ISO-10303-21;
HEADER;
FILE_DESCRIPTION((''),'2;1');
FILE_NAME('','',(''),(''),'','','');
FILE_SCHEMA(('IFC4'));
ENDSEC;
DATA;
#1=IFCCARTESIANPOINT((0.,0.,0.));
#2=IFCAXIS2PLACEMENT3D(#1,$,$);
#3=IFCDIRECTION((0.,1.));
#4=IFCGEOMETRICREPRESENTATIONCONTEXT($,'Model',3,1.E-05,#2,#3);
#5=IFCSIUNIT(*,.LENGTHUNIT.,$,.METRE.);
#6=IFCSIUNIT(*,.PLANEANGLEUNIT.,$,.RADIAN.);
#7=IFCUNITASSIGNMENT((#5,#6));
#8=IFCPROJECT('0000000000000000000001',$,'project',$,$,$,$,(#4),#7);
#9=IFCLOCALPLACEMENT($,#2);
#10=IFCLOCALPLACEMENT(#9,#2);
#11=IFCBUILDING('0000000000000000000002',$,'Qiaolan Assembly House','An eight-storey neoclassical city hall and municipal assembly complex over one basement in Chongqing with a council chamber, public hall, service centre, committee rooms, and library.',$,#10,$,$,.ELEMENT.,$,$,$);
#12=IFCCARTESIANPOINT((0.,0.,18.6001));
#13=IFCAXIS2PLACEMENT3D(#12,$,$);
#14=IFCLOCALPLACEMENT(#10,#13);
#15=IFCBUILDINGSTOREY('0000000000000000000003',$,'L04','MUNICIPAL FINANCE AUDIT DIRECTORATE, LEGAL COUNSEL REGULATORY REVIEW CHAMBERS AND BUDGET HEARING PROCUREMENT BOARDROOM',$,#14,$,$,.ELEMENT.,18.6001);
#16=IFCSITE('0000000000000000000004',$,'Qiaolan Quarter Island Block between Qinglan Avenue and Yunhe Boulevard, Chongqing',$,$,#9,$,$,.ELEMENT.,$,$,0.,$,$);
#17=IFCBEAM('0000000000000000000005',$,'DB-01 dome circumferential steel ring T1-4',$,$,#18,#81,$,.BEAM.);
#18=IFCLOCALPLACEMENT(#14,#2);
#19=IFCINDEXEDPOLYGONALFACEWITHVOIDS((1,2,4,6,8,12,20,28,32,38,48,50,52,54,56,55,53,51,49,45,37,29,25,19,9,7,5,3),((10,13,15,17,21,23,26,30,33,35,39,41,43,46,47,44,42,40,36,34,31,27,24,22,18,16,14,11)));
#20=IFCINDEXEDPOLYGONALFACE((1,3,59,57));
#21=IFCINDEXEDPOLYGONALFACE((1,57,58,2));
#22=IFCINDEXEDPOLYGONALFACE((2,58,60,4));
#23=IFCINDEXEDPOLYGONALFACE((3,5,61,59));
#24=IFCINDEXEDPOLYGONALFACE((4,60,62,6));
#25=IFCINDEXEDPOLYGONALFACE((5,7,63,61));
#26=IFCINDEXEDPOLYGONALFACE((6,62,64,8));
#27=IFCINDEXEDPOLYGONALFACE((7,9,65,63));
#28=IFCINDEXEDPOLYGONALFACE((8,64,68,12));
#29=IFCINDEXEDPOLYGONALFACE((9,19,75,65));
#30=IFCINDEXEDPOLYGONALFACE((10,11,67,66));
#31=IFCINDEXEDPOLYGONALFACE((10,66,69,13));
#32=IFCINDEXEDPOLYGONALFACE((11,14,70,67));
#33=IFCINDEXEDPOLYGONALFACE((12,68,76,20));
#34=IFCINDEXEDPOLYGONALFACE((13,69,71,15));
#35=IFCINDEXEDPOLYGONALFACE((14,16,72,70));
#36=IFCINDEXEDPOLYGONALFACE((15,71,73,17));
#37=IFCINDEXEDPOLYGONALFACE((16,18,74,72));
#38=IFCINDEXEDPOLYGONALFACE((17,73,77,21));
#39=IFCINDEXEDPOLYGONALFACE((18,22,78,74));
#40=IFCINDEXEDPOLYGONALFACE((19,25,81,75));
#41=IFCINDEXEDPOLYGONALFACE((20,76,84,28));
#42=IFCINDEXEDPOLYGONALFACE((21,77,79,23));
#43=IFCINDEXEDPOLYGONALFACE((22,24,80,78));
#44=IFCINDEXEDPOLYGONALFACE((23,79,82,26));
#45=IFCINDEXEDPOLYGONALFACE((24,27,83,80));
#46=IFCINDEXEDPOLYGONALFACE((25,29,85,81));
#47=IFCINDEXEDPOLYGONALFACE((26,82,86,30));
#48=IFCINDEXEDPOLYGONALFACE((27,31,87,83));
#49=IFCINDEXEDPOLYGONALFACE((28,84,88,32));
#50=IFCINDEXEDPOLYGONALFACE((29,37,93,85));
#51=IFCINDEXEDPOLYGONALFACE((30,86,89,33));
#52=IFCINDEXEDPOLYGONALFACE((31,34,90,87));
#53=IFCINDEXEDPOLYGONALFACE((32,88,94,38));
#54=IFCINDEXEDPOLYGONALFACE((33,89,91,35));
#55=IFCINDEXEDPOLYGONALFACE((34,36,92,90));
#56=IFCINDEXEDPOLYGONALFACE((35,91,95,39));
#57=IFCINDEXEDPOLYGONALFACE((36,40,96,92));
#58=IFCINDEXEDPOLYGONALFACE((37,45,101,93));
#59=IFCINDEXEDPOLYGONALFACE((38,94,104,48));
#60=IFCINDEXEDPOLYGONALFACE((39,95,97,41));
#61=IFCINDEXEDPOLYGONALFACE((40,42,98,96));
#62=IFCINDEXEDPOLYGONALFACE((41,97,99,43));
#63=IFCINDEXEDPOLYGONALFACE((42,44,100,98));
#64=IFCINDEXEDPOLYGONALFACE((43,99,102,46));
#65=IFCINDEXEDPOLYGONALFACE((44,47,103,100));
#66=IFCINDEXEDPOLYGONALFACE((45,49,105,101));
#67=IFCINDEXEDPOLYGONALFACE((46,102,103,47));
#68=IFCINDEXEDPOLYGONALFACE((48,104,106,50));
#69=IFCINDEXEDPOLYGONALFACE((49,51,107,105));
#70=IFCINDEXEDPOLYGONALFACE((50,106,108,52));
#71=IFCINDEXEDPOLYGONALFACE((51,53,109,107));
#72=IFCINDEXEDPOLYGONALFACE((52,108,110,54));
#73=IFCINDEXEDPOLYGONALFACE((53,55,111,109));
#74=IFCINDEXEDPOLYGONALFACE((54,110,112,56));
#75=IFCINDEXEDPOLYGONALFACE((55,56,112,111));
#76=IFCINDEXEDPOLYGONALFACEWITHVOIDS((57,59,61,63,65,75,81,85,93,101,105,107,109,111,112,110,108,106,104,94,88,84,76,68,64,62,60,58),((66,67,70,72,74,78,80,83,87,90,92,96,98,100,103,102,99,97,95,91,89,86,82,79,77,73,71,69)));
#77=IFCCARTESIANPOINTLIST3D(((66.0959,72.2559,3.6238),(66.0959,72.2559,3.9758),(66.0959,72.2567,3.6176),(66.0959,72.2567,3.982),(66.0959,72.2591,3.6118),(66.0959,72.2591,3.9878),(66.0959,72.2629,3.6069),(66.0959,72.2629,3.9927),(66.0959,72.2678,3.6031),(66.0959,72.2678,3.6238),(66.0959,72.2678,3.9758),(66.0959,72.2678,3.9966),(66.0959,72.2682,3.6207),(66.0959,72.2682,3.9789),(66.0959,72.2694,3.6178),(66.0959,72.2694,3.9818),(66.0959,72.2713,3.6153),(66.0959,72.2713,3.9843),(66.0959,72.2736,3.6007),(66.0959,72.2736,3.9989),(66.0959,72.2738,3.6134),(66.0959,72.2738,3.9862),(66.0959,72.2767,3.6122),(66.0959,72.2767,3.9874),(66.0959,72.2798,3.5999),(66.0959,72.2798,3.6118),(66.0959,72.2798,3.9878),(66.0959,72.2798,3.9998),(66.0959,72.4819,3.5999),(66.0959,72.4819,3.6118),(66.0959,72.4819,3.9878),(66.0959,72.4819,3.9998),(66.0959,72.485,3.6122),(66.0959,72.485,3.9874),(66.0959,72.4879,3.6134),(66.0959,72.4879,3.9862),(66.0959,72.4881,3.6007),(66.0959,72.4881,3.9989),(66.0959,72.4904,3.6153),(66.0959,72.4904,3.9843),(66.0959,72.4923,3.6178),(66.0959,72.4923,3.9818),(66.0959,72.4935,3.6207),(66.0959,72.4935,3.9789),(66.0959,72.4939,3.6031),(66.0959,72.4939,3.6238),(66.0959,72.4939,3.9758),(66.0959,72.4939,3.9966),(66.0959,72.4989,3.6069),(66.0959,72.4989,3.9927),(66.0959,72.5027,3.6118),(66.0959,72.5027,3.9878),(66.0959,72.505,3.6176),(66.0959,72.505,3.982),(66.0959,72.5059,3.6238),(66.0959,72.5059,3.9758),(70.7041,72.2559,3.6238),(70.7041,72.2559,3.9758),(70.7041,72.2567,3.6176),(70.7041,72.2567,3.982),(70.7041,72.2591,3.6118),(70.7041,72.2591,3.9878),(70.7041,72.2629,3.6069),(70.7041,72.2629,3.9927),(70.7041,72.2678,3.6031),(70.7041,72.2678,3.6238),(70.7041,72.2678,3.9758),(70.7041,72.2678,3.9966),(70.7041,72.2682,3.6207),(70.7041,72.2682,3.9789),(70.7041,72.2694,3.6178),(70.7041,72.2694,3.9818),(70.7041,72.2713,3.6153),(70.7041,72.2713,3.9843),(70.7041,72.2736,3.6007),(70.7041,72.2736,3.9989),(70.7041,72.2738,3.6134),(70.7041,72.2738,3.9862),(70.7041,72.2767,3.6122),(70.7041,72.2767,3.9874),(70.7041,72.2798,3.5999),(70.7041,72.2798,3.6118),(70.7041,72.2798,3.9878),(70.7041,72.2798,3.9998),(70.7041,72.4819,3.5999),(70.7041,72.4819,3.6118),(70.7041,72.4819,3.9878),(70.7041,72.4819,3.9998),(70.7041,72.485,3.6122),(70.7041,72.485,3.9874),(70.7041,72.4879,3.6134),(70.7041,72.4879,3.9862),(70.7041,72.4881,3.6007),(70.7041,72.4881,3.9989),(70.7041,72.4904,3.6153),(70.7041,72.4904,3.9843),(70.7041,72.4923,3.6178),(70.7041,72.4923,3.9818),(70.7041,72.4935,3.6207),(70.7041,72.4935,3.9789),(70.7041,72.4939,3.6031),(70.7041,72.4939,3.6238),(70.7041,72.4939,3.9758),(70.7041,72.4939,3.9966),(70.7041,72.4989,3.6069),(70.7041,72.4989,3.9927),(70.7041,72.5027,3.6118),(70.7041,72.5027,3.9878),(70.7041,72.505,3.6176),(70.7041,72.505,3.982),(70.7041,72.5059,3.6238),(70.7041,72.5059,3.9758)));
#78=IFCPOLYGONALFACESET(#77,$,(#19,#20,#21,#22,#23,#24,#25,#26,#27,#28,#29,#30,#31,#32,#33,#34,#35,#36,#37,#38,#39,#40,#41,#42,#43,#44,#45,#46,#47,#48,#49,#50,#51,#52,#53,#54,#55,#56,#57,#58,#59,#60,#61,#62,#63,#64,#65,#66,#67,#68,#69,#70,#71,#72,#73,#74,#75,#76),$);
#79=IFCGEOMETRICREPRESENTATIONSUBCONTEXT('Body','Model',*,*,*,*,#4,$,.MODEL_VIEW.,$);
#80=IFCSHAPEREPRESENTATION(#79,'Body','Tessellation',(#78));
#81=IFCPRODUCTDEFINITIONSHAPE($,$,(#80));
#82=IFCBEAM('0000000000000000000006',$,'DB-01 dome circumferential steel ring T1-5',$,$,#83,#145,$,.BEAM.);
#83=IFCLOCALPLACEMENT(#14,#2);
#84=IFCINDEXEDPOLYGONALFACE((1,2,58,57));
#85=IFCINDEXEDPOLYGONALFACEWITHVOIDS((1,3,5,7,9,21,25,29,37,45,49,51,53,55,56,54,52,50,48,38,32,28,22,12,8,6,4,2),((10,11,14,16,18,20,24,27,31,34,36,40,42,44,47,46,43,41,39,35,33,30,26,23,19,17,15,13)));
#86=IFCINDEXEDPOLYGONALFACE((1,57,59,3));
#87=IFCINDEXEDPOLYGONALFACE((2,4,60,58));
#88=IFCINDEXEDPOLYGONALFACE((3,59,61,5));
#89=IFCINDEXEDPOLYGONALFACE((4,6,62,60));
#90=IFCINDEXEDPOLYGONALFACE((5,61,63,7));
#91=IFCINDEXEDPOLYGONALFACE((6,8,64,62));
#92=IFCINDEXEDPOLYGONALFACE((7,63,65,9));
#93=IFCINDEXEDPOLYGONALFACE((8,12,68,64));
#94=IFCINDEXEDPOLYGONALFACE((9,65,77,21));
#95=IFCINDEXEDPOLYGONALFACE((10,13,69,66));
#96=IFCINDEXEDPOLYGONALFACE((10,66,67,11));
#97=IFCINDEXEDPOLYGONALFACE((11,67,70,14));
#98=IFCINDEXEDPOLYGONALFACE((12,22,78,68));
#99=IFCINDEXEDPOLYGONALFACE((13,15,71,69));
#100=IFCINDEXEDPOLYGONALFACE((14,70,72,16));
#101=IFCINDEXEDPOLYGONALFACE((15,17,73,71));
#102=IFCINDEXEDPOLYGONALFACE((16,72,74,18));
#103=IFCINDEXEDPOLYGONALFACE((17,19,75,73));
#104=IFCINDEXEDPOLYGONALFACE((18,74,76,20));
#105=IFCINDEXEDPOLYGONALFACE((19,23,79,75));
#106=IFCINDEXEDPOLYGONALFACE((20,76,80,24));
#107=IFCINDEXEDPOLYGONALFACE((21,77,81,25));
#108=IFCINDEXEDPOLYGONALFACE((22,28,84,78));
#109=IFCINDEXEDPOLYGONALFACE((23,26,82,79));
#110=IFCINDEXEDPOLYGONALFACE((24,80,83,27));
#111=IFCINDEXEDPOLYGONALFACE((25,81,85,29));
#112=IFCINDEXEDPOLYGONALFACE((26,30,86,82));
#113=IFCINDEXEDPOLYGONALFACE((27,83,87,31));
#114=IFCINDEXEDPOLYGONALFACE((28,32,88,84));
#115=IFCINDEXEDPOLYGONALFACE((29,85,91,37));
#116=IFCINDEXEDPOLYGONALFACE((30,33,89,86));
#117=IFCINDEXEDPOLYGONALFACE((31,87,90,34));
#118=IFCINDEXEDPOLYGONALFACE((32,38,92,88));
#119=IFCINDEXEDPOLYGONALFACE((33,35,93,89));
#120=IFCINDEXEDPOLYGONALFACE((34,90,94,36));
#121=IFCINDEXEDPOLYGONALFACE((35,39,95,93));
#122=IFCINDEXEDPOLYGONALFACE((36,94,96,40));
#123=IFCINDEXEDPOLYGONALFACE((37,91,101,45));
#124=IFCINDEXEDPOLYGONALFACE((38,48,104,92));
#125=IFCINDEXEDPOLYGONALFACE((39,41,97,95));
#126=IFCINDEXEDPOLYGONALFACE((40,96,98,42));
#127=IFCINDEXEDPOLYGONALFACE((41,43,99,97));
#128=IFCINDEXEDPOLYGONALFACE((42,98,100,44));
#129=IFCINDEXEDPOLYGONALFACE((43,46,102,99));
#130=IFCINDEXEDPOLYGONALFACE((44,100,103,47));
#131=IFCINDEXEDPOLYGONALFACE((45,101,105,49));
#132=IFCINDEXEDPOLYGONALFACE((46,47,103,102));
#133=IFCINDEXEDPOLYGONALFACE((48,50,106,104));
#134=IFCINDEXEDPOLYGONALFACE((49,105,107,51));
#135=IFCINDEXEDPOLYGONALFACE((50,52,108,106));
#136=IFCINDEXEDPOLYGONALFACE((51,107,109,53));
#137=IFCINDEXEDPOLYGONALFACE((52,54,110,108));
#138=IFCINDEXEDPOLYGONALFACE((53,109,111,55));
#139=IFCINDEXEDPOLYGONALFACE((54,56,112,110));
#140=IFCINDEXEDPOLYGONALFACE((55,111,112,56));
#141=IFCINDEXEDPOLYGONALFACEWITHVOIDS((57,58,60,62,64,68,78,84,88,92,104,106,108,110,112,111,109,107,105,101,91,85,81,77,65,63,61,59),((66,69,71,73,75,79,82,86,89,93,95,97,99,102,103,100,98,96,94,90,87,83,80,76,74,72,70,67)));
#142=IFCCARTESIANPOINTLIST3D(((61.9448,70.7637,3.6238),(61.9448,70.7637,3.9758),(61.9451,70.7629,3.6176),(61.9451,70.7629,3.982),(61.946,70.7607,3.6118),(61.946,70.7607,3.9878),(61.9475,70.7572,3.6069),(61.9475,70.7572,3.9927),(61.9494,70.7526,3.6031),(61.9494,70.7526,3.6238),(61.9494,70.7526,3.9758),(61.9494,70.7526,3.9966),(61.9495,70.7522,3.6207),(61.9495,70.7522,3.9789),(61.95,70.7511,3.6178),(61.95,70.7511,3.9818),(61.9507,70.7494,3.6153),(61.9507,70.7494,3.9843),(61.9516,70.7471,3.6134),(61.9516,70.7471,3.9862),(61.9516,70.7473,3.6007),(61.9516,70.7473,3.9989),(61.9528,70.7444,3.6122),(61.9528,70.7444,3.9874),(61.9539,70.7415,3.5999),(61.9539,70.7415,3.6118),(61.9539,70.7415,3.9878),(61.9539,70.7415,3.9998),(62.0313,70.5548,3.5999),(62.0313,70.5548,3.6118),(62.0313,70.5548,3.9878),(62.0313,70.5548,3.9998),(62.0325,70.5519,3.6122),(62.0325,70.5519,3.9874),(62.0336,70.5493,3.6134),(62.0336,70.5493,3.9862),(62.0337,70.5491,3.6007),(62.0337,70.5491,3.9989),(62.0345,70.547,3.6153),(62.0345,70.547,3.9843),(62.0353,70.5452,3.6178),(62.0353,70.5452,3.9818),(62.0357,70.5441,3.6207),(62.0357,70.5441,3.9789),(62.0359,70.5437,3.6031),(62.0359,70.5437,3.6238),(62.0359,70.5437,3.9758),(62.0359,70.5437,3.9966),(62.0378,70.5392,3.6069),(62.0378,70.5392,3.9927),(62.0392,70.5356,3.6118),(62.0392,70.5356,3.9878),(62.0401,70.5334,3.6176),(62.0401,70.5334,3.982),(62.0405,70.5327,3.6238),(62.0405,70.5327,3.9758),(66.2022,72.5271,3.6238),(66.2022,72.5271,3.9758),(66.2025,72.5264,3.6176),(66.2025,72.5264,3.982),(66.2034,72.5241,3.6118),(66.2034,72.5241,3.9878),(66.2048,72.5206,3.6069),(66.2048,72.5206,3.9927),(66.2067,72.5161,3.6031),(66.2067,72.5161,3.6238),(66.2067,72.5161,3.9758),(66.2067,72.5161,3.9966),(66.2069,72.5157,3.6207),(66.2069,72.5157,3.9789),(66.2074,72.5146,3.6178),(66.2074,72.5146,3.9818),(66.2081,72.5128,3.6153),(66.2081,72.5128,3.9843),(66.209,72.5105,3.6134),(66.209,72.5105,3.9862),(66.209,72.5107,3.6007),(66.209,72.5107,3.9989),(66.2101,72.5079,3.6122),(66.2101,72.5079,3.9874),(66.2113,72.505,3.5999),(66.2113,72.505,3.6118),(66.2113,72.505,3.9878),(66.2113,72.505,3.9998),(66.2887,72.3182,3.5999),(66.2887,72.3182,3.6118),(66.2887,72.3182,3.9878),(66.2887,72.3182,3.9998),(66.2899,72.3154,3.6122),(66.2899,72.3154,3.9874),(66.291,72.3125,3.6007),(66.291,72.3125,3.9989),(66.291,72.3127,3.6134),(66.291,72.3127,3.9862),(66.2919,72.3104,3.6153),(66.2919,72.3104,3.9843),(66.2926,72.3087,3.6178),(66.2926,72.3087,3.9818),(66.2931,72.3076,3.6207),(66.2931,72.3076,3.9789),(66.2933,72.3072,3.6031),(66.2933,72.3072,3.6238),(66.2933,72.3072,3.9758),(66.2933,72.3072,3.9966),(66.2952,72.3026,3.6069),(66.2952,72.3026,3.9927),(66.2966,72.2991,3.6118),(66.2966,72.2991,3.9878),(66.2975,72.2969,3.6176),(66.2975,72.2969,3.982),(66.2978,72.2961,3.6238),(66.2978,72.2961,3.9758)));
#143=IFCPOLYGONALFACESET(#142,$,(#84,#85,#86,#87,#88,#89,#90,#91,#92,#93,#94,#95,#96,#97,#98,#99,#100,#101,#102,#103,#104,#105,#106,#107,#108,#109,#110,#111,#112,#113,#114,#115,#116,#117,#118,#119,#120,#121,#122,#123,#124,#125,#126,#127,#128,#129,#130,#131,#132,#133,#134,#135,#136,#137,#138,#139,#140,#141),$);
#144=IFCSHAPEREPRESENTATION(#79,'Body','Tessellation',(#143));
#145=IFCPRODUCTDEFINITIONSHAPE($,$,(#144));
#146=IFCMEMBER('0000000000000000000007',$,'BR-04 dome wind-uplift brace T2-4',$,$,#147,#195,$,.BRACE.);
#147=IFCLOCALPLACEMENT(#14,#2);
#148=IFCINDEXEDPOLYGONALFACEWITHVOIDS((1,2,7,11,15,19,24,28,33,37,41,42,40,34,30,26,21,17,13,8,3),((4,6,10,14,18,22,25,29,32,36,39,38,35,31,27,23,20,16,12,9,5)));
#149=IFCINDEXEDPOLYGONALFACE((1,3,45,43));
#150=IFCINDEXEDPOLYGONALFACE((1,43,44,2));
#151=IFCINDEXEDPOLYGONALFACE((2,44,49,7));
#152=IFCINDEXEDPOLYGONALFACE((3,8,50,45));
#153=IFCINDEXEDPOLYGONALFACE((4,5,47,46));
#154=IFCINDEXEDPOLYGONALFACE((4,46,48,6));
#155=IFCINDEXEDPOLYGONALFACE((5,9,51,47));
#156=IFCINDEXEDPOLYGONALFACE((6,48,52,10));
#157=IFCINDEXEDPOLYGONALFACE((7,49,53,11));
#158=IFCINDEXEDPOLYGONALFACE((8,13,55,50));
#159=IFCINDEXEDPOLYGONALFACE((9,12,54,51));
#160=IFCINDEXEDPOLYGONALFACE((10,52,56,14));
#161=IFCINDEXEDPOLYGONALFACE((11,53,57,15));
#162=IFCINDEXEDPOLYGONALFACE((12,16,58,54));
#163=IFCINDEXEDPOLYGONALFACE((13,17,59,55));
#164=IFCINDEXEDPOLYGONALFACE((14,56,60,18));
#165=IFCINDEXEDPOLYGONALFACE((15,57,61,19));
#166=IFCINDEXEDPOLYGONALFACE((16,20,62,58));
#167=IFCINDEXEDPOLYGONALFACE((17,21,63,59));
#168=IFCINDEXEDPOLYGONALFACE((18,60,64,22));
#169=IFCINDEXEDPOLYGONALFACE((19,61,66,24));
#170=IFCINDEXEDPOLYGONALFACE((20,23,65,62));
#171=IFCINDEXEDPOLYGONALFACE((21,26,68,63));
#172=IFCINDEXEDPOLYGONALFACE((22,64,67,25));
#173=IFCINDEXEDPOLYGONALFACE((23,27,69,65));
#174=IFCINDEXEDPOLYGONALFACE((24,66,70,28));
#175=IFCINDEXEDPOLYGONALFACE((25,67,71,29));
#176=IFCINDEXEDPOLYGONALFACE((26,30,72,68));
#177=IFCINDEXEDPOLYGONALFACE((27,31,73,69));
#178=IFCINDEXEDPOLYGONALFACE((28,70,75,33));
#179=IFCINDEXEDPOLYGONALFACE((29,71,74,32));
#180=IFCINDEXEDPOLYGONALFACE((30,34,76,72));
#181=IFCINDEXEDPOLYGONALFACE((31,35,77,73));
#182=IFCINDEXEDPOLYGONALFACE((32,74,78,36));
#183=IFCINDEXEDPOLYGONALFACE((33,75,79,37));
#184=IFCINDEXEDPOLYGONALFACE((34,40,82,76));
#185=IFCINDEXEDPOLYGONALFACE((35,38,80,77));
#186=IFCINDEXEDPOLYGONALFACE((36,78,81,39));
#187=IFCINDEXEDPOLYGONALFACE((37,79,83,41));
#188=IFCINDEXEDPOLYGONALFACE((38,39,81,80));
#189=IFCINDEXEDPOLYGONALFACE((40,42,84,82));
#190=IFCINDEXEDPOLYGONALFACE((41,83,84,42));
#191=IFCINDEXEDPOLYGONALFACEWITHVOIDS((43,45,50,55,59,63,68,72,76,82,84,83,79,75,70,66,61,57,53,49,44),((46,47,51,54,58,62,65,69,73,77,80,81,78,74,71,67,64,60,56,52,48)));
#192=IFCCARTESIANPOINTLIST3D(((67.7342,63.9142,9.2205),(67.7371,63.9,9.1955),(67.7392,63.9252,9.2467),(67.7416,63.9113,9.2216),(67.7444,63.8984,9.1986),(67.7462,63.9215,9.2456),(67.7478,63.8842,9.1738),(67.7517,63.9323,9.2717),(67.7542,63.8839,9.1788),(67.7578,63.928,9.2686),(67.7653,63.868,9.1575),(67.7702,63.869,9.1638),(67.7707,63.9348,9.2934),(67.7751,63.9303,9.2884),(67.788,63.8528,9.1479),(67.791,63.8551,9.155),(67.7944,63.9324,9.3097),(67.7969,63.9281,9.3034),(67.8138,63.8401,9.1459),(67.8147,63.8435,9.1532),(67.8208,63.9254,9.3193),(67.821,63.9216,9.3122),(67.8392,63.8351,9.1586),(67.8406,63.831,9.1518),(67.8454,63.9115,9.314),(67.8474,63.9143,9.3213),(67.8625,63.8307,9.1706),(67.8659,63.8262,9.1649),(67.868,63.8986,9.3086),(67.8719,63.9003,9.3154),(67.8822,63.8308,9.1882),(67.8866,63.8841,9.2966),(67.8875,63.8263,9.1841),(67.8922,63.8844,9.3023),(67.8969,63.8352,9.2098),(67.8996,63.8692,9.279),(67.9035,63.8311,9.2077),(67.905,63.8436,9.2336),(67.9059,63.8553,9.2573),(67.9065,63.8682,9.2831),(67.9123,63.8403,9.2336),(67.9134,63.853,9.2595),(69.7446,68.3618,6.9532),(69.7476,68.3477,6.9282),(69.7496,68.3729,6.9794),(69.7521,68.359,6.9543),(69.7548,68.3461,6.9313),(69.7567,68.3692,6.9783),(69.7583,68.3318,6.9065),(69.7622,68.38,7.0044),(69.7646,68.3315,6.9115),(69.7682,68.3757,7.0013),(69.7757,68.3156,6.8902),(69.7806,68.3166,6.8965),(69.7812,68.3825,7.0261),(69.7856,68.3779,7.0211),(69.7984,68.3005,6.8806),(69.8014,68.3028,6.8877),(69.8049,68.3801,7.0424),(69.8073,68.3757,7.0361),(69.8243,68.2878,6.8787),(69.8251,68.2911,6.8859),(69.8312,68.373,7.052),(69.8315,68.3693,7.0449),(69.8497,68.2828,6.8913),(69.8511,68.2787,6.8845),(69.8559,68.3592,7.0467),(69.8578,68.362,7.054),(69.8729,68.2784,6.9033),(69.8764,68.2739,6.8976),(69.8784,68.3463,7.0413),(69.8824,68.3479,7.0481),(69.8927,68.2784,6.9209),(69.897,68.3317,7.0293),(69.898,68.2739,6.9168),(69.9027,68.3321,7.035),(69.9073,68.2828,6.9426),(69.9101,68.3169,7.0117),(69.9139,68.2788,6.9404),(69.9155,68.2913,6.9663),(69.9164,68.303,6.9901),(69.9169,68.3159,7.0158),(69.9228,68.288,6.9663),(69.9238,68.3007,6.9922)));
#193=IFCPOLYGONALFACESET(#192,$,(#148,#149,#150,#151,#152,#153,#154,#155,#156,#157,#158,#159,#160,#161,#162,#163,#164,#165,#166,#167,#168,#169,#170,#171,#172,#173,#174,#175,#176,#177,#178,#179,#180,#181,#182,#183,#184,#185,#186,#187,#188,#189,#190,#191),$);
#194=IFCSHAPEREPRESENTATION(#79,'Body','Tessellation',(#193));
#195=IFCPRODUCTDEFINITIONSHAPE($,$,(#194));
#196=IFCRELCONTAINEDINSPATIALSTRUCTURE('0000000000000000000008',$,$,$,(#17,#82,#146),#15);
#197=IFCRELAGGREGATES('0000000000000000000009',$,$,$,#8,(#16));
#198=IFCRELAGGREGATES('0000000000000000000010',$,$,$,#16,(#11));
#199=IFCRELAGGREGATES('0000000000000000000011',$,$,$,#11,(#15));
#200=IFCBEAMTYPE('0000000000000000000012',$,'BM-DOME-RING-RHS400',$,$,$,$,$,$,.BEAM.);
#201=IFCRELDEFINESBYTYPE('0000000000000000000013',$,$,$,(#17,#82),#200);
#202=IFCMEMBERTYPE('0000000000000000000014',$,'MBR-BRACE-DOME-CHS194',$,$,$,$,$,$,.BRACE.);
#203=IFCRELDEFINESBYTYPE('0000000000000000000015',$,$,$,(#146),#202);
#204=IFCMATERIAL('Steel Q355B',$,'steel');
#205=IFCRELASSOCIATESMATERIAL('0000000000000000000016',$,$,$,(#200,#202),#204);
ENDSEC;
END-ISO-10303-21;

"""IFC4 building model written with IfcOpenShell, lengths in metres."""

from ifc_helpers import new_model, si_unit, direction, frame, origin, origin_2d, place, context, subcontext, project, spatial, hollow_rectangle, hollow_circle, extrude, material, material_profile, profile_set, type_object, element, save


model = new_model("IFC4")

# Units and contexts
model_context = context("Model", 3, precision=1e-05, world=origin(), true_north=direction((0.0, 1.0)))
body_context = subcontext(model_context, "Body", "Model", "MODEL_VIEW")
ifc_project = project(units=[si_unit("LENGTHUNIT", "METRE"), si_unit("PLANEANGLEUNIT", "RADIAN")], contexts=[model_context])

# Site, building, storey
site_placement = place(None, origin())
site = spatial("IfcSite", under=ifc_project, at=site_placement, Name="Qiaolan Quarter Island Block between Qinglan Avenue and Yunhe Boulevard, Chongqing", CompositionType="ELEMENT", RefElevation=0.0)
building_placement = place(site_placement, origin())
building = spatial("IfcBuilding", under=site, at=building_placement, Name="Qiaolan Assembly House", Description="An eight-storey neoclassical city hall and municipal assembly complex over one basement in Chongqing with a council chamber, public hall, service centre, committee rooms, and library.", CompositionType="ELEMENT")
storey_placement = place(building_placement, frame((0.0, 0.0, 18.6001)))
storey = spatial("IfcBuildingStorey", under=building, at=storey_placement, Name="L04", Description="MUNICIPAL FINANCE AUDIT DIRECTORATE, LEGAL COUNSEL REGULATORY REVIEW CHAMBERS AND BUDGET HEARING PROCUREMENT BOARDROOM", CompositionType="ELEMENT", Elevation=18.6001)

# Beams
ifc_material_1 = material(Name="Steel Q355B", Category="steel")
ifc_material_profile_1 = material_profile(ifc_material_1, hollow_rectangle(XDim=0.25, YDim=0.3999, WallThickness=0.012, InnerFilletRadius=0.012, OuterFilletRadius=0.0239, at=origin_2d()), Name="RHS 400x250x12")
ifc_profile_set_1 = profile_set([ifc_material_profile_1], Name="Steel Q355B")
beam_type_1 = type_object("IfcBeamType", Name="BM-DOME-RING-RHS400", PredefinedType="BEAM", material=ifc_profile_set_1)
for number, where, z_axis, x_axis, name in (
    (1, (70.7041, 72.3809, 3.7998), (-1.0, 0.0, 0.0), (0.0, -1.0, 0.0), "DB-01 dome circumferential steel ring T1-4"),
    (2, (66.25, 72.4116, 3.7998), (-0.923881, -0.382681, 0.0), (0.382681, -0.923881, 0.0), "DB-01 dome circumferential steel ring T1-5"),
):
    element("IfcBeam", number, at=place(storey_placement, frame(where, z_axis=z_axis, x_axis=x_axis)), inside=storey, type_object=beam_type_1, Name=name, PredefinedType="BEAM", context=body_context, shape_type="SweptSolid", body=[
        extrude(hollow_rectangle(XDim=0.25, YDim=0.3999, WallThickness=0.012, InnerFilletRadius=0.012, OuterFilletRadius=0.0239, at=origin_2d()), origin(), (0.0, 0.0, 1.0), 4.6082),
    ])

# Member
ifc_material_profile_2 = material_profile(ifc_material_1, hollow_circle(Radius=0.0969, WallThickness=0.0081, at=origin_2d()), Name="CHS 194x8")
ifc_profile_set_2 = profile_set([ifc_material_profile_2], Name="Steel Q355B")
member_type_1 = type_object("IfcMemberType", Name="MBR-BRACE-DOME-CHS194", PredefinedType="BRACE", material=ifc_profile_set_2)
member_1_placement = place(storey_placement, frame((69.8345, 68.3279, 6.9663), z_axis=(-0.373563, -0.82642, 0.421285), x_axis=(0.91123, -0.411899, 0.0)))
element("IfcMember", 3, at=member_1_placement, inside=storey, type_object=member_type_1, Name="BR-04 dome wind-uplift brace T2-4", PredefinedType="BRACE", context=body_context, shape_type="SweptSolid", body=[
    extrude(hollow_circle(Radius=0.0969, WallThickness=0.0081, at=origin_2d()), origin(), (0.0, 0.0, 1.0), 5.3818),
])

save(model, "model.ifc")
